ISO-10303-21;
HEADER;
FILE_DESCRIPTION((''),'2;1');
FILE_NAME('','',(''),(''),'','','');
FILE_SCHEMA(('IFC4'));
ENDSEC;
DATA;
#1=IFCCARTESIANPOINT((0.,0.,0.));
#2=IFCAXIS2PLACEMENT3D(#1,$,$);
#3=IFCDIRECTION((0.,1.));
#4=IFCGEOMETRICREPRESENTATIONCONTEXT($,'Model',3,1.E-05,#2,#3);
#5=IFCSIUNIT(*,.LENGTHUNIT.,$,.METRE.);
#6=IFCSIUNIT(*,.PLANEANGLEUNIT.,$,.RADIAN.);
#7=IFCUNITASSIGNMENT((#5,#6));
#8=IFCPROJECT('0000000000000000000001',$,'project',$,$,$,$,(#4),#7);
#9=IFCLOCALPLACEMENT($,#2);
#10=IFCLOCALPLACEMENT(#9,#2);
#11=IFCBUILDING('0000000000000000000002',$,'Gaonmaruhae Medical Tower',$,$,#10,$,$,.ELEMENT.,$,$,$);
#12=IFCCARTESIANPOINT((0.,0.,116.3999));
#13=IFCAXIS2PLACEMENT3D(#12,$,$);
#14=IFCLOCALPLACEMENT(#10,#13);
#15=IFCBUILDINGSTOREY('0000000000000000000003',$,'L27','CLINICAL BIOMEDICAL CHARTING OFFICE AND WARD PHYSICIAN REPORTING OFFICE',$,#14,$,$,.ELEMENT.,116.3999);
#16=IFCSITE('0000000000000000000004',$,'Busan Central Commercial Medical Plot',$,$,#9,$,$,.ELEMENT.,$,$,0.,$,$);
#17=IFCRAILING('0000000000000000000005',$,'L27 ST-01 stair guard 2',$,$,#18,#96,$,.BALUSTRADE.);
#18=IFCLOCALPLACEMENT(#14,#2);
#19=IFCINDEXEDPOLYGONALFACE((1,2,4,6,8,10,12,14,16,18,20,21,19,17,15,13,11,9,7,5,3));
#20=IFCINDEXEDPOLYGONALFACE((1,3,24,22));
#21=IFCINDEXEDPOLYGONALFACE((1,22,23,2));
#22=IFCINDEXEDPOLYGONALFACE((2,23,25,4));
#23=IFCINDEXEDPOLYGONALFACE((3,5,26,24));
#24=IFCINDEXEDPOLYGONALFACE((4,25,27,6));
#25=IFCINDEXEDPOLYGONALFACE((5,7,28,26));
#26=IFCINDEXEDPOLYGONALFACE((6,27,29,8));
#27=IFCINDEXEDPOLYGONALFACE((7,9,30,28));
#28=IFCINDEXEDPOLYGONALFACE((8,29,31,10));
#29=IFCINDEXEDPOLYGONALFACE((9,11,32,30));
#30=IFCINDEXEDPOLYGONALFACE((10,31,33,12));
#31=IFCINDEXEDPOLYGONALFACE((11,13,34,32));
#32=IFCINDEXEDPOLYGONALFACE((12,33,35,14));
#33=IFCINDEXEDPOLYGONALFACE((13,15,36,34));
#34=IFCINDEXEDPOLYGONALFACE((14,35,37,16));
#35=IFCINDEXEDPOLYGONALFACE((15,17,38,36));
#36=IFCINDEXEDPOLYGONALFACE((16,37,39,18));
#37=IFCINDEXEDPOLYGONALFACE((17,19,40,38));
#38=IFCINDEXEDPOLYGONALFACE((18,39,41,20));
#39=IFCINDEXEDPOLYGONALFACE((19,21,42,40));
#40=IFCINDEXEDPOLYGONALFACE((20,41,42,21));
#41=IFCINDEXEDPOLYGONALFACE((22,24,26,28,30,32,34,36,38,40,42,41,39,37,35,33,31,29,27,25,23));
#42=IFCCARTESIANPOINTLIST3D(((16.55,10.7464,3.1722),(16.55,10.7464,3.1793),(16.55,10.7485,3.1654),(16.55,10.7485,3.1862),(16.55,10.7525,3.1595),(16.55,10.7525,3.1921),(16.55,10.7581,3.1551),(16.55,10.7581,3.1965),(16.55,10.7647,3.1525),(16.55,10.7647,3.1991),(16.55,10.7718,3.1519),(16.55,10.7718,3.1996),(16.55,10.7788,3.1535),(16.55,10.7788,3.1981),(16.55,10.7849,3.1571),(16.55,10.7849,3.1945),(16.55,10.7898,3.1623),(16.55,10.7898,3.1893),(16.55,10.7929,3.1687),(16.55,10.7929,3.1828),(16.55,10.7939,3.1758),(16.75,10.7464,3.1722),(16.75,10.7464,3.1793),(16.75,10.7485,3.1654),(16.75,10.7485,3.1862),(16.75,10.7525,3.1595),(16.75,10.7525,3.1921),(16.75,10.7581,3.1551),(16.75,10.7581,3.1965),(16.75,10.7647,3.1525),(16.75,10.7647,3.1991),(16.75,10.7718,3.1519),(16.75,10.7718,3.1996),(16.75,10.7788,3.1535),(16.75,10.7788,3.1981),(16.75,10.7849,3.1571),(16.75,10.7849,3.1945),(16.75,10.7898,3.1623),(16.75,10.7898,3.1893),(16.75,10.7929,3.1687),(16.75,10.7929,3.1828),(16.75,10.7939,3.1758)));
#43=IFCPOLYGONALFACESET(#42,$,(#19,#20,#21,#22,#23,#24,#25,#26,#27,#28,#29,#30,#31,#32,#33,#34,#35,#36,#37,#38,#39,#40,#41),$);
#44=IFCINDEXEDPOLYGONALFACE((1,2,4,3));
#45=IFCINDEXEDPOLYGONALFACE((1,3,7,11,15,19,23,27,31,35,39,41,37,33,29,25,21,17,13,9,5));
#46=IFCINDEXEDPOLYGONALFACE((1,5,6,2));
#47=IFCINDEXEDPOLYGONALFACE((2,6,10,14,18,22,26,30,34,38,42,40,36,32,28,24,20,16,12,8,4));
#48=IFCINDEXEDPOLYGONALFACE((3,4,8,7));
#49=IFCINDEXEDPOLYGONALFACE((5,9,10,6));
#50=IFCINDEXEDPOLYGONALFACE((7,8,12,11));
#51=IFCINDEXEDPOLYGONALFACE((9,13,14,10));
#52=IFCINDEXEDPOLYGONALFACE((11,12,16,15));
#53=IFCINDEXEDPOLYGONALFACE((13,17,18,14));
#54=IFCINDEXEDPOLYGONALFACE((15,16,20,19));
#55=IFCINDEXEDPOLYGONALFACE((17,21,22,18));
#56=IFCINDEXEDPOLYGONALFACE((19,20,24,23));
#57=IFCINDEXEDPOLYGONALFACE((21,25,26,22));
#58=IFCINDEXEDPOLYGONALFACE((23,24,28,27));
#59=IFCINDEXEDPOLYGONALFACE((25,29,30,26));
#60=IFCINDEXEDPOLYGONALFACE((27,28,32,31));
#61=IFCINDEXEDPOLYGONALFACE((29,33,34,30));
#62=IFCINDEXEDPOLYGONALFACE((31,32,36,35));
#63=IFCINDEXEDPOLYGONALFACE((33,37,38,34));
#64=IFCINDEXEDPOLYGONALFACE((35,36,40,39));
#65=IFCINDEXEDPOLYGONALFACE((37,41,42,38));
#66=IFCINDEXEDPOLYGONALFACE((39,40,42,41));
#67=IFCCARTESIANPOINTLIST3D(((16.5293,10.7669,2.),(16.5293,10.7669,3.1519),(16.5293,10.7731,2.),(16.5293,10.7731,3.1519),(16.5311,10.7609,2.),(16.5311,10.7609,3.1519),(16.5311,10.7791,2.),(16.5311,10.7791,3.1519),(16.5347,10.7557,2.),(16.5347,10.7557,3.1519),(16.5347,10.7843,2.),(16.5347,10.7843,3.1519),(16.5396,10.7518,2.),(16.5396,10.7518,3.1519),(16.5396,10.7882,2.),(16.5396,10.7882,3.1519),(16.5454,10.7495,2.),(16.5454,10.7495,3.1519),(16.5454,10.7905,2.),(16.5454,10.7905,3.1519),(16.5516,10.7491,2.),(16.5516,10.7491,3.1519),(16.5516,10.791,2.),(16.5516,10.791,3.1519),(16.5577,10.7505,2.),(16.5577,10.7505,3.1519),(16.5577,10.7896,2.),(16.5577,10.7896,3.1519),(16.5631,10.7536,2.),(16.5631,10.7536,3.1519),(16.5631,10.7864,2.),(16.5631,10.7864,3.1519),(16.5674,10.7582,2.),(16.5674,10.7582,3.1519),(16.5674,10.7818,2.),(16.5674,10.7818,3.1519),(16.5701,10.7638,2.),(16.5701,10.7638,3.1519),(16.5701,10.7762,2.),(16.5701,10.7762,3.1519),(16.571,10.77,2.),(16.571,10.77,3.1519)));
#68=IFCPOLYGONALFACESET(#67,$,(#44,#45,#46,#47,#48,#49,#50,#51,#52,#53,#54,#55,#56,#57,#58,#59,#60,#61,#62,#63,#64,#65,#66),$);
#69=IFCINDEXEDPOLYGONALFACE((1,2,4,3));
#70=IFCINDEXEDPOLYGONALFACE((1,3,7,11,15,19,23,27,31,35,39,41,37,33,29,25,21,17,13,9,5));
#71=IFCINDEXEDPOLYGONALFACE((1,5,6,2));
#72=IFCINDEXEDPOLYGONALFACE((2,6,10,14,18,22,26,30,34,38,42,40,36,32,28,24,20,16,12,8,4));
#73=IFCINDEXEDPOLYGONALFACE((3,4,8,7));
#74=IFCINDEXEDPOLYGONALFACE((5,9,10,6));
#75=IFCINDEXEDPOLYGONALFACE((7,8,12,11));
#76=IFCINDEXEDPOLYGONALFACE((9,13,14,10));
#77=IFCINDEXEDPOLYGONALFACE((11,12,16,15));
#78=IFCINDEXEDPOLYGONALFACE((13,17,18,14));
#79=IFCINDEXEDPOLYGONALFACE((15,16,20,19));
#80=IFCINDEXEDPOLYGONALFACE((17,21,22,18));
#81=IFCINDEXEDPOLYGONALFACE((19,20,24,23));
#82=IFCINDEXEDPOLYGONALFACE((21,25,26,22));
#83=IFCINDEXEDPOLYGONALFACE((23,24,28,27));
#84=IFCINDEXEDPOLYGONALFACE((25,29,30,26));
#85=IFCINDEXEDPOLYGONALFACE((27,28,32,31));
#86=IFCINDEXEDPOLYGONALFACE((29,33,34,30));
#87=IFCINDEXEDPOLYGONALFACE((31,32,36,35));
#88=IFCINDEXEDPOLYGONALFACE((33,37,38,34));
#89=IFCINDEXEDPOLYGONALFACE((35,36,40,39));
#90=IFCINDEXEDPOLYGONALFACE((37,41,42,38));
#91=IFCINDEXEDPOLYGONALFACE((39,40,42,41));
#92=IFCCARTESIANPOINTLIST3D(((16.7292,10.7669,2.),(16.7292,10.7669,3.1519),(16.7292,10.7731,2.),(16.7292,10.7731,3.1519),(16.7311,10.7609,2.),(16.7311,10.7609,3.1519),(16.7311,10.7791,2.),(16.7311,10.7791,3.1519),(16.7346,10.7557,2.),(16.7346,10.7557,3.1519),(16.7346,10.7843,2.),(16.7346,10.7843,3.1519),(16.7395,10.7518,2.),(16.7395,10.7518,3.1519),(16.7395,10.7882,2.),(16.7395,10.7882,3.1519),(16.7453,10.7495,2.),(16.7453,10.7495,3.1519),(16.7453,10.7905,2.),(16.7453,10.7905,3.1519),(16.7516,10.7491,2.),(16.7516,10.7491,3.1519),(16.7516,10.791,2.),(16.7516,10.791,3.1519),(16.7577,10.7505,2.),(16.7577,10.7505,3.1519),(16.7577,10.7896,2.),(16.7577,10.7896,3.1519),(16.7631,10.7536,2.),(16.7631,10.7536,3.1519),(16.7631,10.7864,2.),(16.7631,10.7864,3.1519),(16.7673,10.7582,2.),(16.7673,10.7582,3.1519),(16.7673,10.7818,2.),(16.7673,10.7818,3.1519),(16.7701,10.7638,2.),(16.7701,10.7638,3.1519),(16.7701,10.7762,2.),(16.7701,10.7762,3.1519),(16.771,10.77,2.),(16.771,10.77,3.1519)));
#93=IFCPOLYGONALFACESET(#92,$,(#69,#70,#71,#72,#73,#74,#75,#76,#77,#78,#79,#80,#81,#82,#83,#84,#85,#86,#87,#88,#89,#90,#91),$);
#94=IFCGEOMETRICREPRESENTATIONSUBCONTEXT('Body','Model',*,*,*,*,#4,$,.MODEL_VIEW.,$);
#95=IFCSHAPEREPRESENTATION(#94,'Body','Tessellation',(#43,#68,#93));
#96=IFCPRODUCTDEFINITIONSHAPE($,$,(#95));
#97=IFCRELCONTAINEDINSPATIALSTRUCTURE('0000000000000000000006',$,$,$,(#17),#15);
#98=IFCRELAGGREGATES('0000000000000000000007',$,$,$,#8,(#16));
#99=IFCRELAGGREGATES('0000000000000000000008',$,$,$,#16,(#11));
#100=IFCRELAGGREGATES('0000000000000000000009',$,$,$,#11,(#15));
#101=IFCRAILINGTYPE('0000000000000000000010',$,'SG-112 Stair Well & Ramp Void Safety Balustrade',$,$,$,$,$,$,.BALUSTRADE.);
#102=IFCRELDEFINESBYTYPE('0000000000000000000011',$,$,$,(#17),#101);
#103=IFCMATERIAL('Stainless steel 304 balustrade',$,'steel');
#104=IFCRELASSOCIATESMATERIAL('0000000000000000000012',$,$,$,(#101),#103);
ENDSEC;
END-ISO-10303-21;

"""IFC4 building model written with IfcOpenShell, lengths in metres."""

from ifc_helpers import new_model, si_unit, direction, frame, origin, origin_2d, place, context, subcontext, project, spatial, circle, extrude, material, type_object, element, save


model = new_model("IFC4")

# Units and contexts
model_context = context("Model", 3, precision=1e-05, world=origin(), true_north=direction((0.0, 1.0)))
body_context = subcontext(model_context, "Body", "Model", "MODEL_VIEW")
ifc_project = project(units=[si_unit("LENGTHUNIT", "METRE"), si_unit("PLANEANGLEUNIT", "RADIAN")], contexts=[model_context])

# Site, building, storey
site_placement = place(None, origin())
site = spatial("IfcSite", under=ifc_project, at=site_placement, Name="Busan Central Commercial Medical Plot", CompositionType="ELEMENT", RefElevation=0.0)
building_placement = place(site_placement, origin())
building = spatial("IfcBuilding", under=site, at=building_placement, Name="Gaonmaruhae Medical Tower", CompositionType="ELEMENT")
storey_placement = place(building_placement, frame((0.0, 0.0, 116.3999)))
storey = spatial("IfcBuildingStorey", under=building, at=storey_placement, Name="L27", Description="CLINICAL BIOMEDICAL CHARTING OFFICE AND WARD PHYSICIAN REPORTING OFFICE", CompositionType="ELEMENT", Elevation=116.3999)

# Railing
ifc_material_1 = material(Name="Stainless steel 304 balustrade", Category="steel")
railing_type_1 = type_object("IfcRailingType", Name="SG-112 Stair Well & Ramp Void Safety Balustrade", PredefinedType="BALUSTRADE", material=ifc_material_1)
railing_1_placement = place(storey_placement, frame((16.55, 10.77, 2.0)))
element("IfcRailing", 1, at=railing_1_placement, inside=storey, type_object=railing_type_1, Name="L27 ST-01 stair guard 2", PredefinedType="BALUSTRADE", context=body_context, shape_type="SweptSolid", body=[
    extrude(circle(Radius=0.0239, at=origin_2d()), frame((0.0, 0.0, 1.1758), z_axis=(1.0, 0.0, 0.0), x_axis=(0.0, 1.0, 0.0)), (0.0, 0.0, 1.0), 0.2),
    extrude(circle(Radius=0.021, at=origin_2d()), origin(), (0.0, 0.0, 1.0), 1.1519),
    extrude(circle(Radius=0.021, at=origin_2d()), frame((0.2, 0.0, 0.0)), (0.0, 0.0, 1.0), 1.1519),
])

save(model, "model.ifc")
